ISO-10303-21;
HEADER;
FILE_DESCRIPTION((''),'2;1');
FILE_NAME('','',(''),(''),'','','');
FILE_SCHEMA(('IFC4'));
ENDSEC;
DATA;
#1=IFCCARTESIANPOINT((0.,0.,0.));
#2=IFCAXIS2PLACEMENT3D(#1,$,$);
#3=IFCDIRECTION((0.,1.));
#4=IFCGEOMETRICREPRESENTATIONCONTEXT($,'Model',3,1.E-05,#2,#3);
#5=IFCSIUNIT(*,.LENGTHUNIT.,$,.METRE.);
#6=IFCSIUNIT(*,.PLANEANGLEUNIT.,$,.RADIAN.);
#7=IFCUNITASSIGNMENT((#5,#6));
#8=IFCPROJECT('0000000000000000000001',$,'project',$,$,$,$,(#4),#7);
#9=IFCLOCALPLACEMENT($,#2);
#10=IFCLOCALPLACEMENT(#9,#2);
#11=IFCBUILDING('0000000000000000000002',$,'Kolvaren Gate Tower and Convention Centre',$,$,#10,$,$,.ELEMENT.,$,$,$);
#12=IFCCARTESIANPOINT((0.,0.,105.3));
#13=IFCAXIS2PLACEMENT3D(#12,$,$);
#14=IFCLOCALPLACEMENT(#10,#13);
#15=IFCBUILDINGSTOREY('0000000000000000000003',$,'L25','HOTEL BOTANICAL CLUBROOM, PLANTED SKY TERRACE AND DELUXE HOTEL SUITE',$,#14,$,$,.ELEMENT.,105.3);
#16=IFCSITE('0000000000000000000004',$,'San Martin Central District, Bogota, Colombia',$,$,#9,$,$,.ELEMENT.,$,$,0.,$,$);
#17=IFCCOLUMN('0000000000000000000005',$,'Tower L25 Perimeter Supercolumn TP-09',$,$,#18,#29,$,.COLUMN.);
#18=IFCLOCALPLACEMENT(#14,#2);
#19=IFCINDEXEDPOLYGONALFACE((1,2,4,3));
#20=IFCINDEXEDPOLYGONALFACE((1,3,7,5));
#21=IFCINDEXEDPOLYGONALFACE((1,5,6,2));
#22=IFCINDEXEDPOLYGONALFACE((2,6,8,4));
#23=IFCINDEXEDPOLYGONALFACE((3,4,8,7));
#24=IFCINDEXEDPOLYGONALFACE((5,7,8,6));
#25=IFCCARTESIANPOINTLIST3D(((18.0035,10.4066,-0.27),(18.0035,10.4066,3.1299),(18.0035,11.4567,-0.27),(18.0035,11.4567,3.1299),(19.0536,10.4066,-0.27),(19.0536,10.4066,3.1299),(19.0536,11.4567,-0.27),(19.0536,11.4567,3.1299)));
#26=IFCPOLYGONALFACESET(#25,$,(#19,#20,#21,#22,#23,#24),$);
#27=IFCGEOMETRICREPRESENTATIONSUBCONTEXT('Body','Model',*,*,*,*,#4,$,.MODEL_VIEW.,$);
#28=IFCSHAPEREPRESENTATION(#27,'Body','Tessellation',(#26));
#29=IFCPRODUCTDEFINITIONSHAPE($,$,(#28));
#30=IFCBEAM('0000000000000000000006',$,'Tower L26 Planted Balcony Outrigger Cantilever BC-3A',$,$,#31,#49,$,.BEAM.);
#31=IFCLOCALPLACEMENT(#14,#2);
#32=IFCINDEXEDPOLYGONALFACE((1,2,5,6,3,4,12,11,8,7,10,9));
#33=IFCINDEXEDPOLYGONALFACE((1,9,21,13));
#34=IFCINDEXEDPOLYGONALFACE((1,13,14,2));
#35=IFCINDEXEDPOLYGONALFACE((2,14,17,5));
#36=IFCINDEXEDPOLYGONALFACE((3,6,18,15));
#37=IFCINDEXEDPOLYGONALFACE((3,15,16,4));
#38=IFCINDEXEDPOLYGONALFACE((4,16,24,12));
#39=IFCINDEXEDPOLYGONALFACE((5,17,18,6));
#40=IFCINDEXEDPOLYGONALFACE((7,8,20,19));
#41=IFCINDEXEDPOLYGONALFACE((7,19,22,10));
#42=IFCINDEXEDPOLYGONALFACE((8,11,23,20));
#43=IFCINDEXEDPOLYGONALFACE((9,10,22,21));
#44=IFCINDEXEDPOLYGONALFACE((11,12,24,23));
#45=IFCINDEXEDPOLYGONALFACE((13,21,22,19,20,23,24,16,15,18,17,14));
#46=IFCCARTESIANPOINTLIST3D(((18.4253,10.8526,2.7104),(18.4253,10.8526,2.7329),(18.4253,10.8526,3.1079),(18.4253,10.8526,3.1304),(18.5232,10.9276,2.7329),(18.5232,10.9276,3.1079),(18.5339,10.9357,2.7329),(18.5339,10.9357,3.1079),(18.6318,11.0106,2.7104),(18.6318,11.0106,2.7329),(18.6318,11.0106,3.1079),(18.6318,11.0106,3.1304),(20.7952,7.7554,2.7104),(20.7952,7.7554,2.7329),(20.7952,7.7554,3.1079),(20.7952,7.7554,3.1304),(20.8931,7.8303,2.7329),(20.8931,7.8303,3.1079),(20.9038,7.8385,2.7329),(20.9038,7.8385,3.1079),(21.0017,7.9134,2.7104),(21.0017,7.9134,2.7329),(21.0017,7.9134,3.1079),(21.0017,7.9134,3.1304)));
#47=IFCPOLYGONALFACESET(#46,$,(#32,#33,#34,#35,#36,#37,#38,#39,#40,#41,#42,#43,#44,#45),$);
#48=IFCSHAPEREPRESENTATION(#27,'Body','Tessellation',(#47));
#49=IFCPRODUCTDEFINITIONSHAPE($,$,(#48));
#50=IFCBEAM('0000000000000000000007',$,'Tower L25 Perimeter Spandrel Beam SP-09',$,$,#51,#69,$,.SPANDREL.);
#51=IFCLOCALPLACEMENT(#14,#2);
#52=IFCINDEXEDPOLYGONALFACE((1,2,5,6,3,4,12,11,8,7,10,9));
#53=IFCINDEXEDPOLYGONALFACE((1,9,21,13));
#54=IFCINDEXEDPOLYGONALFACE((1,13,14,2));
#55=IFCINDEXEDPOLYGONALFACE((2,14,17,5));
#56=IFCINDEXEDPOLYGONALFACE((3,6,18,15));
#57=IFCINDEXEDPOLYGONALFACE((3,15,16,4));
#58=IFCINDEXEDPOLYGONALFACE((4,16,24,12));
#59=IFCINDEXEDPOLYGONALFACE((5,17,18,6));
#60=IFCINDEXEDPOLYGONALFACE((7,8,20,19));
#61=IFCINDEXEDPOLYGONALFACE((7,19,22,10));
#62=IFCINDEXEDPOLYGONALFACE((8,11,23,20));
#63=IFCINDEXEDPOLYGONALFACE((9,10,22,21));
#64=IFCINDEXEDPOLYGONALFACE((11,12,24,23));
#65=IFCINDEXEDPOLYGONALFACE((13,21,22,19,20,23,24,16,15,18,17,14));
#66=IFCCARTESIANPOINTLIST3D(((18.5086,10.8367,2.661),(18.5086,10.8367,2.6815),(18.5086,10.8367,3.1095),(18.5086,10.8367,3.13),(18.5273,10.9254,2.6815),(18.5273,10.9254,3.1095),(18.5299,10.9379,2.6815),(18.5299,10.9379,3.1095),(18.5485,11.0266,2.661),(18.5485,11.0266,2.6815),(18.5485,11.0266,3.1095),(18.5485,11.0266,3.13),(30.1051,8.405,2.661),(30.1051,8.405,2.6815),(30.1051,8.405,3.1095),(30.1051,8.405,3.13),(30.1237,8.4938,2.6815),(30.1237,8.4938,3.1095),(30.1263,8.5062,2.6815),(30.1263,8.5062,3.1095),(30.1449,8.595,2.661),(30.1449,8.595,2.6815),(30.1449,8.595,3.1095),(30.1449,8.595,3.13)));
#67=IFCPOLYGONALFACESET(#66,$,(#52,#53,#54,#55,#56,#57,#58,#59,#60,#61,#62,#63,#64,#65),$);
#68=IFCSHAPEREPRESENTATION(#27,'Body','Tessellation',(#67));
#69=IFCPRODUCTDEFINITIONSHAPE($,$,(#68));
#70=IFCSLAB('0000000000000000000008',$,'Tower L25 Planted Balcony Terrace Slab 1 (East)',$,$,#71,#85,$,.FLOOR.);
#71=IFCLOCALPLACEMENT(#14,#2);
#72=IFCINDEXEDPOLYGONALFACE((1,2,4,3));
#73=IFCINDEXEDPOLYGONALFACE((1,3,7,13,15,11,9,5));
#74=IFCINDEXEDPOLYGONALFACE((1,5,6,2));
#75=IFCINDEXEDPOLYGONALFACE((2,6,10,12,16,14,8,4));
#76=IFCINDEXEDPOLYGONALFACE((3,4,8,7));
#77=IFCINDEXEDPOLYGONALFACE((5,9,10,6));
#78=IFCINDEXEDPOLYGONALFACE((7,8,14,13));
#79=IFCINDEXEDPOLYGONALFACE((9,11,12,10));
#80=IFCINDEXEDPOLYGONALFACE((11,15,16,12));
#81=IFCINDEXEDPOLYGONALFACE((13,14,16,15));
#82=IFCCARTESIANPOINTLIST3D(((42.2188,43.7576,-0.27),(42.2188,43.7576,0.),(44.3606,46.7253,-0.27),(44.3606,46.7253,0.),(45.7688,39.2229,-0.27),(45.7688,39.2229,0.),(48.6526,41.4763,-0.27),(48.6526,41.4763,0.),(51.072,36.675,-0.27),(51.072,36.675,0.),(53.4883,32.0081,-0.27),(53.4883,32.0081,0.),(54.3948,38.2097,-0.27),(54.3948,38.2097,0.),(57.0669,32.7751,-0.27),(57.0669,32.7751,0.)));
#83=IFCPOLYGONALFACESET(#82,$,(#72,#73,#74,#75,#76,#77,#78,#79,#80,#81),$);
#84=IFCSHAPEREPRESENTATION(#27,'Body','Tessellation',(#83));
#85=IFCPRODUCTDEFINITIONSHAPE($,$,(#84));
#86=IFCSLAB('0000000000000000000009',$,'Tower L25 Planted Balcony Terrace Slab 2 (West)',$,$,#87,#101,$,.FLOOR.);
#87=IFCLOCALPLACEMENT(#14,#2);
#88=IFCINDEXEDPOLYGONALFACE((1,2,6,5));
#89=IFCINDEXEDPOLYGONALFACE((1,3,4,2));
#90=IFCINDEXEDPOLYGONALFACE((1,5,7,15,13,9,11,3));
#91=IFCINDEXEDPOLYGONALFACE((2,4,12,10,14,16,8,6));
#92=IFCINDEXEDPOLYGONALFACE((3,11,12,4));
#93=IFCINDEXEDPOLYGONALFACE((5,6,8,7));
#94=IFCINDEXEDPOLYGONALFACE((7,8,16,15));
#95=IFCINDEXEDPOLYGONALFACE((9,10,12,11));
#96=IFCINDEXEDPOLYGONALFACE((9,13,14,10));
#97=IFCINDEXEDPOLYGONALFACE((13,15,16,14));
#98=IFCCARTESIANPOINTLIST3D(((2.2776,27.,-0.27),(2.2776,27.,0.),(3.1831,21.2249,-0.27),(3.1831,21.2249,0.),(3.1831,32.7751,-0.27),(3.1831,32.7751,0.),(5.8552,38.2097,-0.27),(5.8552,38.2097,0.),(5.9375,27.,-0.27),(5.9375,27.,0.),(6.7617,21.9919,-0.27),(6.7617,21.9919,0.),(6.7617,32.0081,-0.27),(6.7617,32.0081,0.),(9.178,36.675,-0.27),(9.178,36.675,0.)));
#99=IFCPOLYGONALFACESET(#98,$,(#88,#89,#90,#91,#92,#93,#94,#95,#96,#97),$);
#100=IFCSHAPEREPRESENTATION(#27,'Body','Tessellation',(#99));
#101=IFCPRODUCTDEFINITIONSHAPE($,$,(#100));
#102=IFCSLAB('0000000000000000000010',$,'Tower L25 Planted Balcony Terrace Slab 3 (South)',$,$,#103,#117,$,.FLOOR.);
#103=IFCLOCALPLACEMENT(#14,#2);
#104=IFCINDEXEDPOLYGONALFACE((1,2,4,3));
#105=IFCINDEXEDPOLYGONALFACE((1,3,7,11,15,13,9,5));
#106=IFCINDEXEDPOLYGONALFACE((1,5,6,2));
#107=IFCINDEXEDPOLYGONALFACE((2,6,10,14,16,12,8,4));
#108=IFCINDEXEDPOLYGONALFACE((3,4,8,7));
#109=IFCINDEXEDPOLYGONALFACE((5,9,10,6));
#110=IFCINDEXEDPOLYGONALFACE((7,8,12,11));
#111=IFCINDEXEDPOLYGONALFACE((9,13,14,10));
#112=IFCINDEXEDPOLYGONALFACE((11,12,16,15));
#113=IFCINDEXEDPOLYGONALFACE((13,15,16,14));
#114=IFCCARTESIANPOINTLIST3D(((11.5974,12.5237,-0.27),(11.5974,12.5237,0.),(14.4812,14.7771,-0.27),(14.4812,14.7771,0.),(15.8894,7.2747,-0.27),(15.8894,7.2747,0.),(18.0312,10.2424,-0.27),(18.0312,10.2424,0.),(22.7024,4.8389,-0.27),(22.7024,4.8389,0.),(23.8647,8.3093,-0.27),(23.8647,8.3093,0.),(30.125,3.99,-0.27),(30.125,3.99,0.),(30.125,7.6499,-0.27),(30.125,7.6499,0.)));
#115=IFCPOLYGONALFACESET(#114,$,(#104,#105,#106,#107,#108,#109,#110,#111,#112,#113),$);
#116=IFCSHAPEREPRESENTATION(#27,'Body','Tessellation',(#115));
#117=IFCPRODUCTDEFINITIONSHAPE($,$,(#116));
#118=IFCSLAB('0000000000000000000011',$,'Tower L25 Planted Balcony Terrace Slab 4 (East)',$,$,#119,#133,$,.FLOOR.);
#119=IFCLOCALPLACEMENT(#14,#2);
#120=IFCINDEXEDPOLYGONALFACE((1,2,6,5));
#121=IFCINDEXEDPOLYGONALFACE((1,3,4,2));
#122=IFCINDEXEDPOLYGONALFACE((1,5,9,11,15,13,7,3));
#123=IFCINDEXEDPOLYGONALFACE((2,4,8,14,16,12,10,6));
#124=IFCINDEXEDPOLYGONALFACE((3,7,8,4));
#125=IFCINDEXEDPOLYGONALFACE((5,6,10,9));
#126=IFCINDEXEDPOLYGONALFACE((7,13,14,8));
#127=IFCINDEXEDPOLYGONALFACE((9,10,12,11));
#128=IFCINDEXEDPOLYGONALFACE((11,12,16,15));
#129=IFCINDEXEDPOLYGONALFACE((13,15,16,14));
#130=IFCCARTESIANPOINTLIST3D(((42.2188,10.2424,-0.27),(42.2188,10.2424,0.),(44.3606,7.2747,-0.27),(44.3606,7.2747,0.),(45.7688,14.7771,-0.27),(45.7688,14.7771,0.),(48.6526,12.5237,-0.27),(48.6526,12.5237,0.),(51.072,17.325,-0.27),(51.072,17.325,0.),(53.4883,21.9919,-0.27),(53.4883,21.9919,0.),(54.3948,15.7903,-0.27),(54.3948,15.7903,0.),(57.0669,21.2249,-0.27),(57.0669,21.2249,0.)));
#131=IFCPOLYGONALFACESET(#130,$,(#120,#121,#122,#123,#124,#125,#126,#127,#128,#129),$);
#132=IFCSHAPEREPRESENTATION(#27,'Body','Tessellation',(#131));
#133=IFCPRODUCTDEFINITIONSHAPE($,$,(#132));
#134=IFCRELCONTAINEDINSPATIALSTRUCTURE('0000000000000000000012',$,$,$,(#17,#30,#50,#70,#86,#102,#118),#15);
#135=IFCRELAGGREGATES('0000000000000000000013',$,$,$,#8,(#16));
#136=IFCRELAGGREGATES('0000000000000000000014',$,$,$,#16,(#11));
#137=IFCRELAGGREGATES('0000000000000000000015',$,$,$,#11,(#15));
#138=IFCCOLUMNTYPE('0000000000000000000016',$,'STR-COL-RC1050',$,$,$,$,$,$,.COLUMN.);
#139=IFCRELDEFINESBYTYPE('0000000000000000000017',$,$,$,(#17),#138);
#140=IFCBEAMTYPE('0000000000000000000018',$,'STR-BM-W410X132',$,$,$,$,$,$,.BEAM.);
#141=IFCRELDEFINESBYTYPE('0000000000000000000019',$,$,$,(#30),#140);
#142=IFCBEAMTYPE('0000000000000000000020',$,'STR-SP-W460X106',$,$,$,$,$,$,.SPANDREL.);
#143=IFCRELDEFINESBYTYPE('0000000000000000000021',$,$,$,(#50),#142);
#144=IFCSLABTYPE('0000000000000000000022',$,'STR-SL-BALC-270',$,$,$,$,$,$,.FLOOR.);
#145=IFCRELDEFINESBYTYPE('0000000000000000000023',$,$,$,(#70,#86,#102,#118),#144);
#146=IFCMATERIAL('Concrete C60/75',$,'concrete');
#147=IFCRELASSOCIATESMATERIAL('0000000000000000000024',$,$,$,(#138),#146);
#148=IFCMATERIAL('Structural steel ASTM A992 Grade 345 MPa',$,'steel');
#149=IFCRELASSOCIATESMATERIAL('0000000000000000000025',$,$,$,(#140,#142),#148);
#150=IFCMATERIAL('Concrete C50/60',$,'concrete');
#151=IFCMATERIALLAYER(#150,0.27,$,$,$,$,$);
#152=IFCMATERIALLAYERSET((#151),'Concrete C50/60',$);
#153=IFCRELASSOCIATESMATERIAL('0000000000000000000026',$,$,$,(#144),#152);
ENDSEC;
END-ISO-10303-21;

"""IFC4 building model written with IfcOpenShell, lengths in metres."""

from ifc_helpers import new_model, si_unit, direction, frame, origin, origin_2d, place, context, subcontext, project, spatial, polyline, rectangle, i_section, outline, extrude, material, layer, layer_set, material_profile, profile_set, type_object, element, save


model = new_model("IFC4")

# Units and contexts
model_context = context("Model", 3, precision=1e-05, world=origin(), true_north=direction((0.0, 1.0)))
body_context = subcontext(model_context, "Body", "Model", "MODEL_VIEW")
ifc_project = project(units=[si_unit("LENGTHUNIT", "METRE"), si_unit("PLANEANGLEUNIT", "RADIAN")], contexts=[model_context])

# Site, building, storey
site_placement = place(None, origin())
site = spatial("IfcSite", under=ifc_project, at=site_placement, Name="San Martin Central District, Bogota, Colombia", CompositionType="ELEMENT", RefElevation=0.0)
building_placement = place(site_placement, origin())
building = spatial("IfcBuilding", under=site, at=building_placement, Name="Kolvaren Gate Tower and Convention Centre", CompositionType="ELEMENT")
storey_placement = place(building_placement, frame((0.0, 0.0, 105.3)))
storey = spatial("IfcBuildingStorey", under=building, at=storey_placement, Name="L25", Description="HOTEL BOTANICAL CLUBROOM, PLANTED SKY TERRACE AND DELUXE HOTEL SUITE", CompositionType="ELEMENT", Elevation=105.3)

# Column
ifc_material_1 = material(Name="Concrete C60/75", Category="concrete")
ifc_material_profile_1 = material_profile(ifc_material_1, rectangle(XDim=1.05, YDim=1.05, at=origin_2d()), Name="RC-COL-1050X1050")
ifc_profile_set_1 = profile_set([ifc_material_profile_1], Name="Concrete C60/75")
column_type = type_object("IfcColumnType", Name="STR-COL-RC1050", PredefinedType="COLUMN", material=ifc_profile_set_1)
column_placement = place(storey_placement, frame((18.5286, 10.9316, -0.27), z_axis=(0.0, 0.0, 1.0), x_axis=(1.0, 0.0, 0.0)))
element("IfcColumn", 1, at=column_placement, inside=storey, type_object=column_type, Name="Tower L25 Perimeter Supercolumn TP-09", PredefinedType="COLUMN", context=body_context, shape_type="SweptSolid", body=[
    extrude(rectangle(XDim=1.05, YDim=1.05, at=origin_2d()), origin(), (0.0, 0.0, 1.0), 3.3999),
])

# Beams
ifc_material_2 = material(Name="Structural steel ASTM A992 Grade 345 MPa", Category="steel")
ifc_material_profile_2 = material_profile(ifc_material_2, i_section(OverallWidth=0.26, OverallDepth=0.4199, WebThickness=0.0134, FlangeThickness=0.0225, at=origin_2d()), Name="W410X132")
ifc_profile_set_2 = profile_set([ifc_material_profile_2], Name="Structural steel ASTM A992 Grade 345 MPa")
beam_type_1 = type_object("IfcBeamType", Name="STR-BM-W410X132", PredefinedType="BEAM", material=ifc_profile_set_2)
beam_1_placement = place(storey_placement, frame((18.5286, 10.9316, 2.9204), z_axis=(0.607685, -0.794178, 0.0), x_axis=(0.794178, 0.607685, 0.0)))
element("IfcBeam", 2, at=beam_1_placement, inside=storey, type_object=beam_type_1, Name="Tower L26 Planted Balcony Outrigger Cantilever BC-3A", PredefinedType="BEAM", context=body_context, shape_type="SweptSolid", body=[
    extrude(i_section(OverallWidth=0.26, OverallDepth=0.4199, WebThickness=0.0134, FlangeThickness=0.0225, at=origin_2d()), origin(), (0.0, 0.0, 1.0), 3.8999),
])
ifc_material_profile_3 = material_profile(ifc_material_2, i_section(OverallWidth=0.1941, OverallDepth=0.469, WebThickness=0.0127, FlangeThickness=0.0205, at=origin_2d()), Name="W460X106")
ifc_profile_set_3 = profile_set([ifc_material_profile_3], Name="Structural steel ASTM A992 Grade 345 MPa")
beam_type_2 = type_object("IfcBeamType", Name="STR-SP-W460X106", PredefinedType="SPANDREL", material=ifc_profile_set_3)
beam_2_placement = place(storey_placement, frame((18.5286, 10.9316, 2.8955), z_axis=(0.978715, -0.205225, 0.0), x_axis=(0.205225, 0.978715, 0.0)))
element("IfcBeam", 3, at=beam_2_placement, inside=storey, type_object=beam_type_2, Name="Tower L25 Perimeter Spandrel Beam SP-09", PredefinedType="SPANDREL", context=body_context, shape_type="SweptSolid", body=[
    extrude(i_section(OverallWidth=0.1941, OverallDepth=0.469, WebThickness=0.0127, FlangeThickness=0.0205, at=origin_2d()), origin(), (0.0, 0.0, 1.0), 11.8486),
])

# Slabs
ifc_material_3 = material(Name="Concrete C50/60", Category="concrete")
ifc_layer_1 = layer(ifc_material_3, 0.27)
ifc_layer_set_1 = layer_set([ifc_layer_1], Name="Concrete C50/60")
slab_type_1 = type_object("IfcSlabType", Name="STR-SL-BALC-270", PredefinedType="FLOOR", material=ifc_layer_set_1)
slab_1_placement = place(storey_placement, frame((0.0, 0.0, -0.27)))
element("IfcSlab", 4, at=slab_1_placement, inside=storey, type_object=slab_type_1, Name="Tower L25 Planted Balcony Terrace Slab 1 (East)", PredefinedType="FLOOR", context=body_context, shape_type="SweptSolid", body=[
    extrude(outline(polyline([(53.4883, 32.0081), (51.072, 36.675), (45.7688, 39.2229), (42.2188, 43.7576), (44.3606, 46.7253), (48.6526, 41.4763), (54.3948, 38.2097), (57.0669, 32.7751), (53.4883, 32.0081)])), origin(), (0.0, 0.0, 1.0), 0.27),
])
slab_2_placement = place(storey_placement, frame((0.0, 0.0, -0.27)))
element("IfcSlab", 5, at=slab_2_placement, inside=storey, type_object=slab_type_1, Name="Tower L25 Planted Balcony Terrace Slab 2 (West)", PredefinedType="FLOOR", context=body_context, shape_type="SweptSolid", body=[
    extrude(outline(polyline([(9.178, 36.675), (6.7617, 32.0081), (5.9375, 27.0), (6.7617, 21.9919), (3.1831, 21.2249), (2.2776, 27.0), (3.1831, 32.7751), (5.8552, 38.2097), (9.178, 36.675)])), origin(), (0.0, 0.0, 1.0), 0.27),
])
slab_3_placement = place(storey_placement, frame((0.0, 0.0, -0.27)))
element("IfcSlab", 6, at=slab_3_placement, inside=storey, type_object=slab_type_1, Name="Tower L25 Planted Balcony Terrace Slab 3 (South)", PredefinedType="FLOOR", context=body_context, shape_type="SweptSolid", body=[
    extrude(outline(polyline([(14.4812, 14.7771), (18.0312, 10.2424), (23.8647, 8.3093), (30.125, 7.6499), (30.125, 3.99), (22.7024, 4.8389), (15.8894, 7.2747), (11.5974, 12.5237), (14.4812, 14.7771)])), origin(), (0.0, 0.0, 1.0), 0.27),
])
slab_4_placement = place(storey_placement, frame((0.0, 0.0, -0.27)))
element("IfcSlab", 7, at=slab_4_placement, inside=storey, type_object=slab_type_1, Name="Tower L25 Planted Balcony Terrace Slab 4 (East)", PredefinedType="FLOOR", context=body_context, shape_type="SweptSolid", body=[
    extrude(outline(polyline([(42.2188, 10.2424), (45.7688, 14.7771), (51.072, 17.325), (53.4883, 21.9919), (57.0669, 21.2249), (54.3948, 15.7903), (48.6526, 12.5237), (44.3606, 7.2747), (42.2188, 10.2424)])), origin(), (0.0, 0.0, 1.0), 0.27),
])

save(model, "model.ifc")
